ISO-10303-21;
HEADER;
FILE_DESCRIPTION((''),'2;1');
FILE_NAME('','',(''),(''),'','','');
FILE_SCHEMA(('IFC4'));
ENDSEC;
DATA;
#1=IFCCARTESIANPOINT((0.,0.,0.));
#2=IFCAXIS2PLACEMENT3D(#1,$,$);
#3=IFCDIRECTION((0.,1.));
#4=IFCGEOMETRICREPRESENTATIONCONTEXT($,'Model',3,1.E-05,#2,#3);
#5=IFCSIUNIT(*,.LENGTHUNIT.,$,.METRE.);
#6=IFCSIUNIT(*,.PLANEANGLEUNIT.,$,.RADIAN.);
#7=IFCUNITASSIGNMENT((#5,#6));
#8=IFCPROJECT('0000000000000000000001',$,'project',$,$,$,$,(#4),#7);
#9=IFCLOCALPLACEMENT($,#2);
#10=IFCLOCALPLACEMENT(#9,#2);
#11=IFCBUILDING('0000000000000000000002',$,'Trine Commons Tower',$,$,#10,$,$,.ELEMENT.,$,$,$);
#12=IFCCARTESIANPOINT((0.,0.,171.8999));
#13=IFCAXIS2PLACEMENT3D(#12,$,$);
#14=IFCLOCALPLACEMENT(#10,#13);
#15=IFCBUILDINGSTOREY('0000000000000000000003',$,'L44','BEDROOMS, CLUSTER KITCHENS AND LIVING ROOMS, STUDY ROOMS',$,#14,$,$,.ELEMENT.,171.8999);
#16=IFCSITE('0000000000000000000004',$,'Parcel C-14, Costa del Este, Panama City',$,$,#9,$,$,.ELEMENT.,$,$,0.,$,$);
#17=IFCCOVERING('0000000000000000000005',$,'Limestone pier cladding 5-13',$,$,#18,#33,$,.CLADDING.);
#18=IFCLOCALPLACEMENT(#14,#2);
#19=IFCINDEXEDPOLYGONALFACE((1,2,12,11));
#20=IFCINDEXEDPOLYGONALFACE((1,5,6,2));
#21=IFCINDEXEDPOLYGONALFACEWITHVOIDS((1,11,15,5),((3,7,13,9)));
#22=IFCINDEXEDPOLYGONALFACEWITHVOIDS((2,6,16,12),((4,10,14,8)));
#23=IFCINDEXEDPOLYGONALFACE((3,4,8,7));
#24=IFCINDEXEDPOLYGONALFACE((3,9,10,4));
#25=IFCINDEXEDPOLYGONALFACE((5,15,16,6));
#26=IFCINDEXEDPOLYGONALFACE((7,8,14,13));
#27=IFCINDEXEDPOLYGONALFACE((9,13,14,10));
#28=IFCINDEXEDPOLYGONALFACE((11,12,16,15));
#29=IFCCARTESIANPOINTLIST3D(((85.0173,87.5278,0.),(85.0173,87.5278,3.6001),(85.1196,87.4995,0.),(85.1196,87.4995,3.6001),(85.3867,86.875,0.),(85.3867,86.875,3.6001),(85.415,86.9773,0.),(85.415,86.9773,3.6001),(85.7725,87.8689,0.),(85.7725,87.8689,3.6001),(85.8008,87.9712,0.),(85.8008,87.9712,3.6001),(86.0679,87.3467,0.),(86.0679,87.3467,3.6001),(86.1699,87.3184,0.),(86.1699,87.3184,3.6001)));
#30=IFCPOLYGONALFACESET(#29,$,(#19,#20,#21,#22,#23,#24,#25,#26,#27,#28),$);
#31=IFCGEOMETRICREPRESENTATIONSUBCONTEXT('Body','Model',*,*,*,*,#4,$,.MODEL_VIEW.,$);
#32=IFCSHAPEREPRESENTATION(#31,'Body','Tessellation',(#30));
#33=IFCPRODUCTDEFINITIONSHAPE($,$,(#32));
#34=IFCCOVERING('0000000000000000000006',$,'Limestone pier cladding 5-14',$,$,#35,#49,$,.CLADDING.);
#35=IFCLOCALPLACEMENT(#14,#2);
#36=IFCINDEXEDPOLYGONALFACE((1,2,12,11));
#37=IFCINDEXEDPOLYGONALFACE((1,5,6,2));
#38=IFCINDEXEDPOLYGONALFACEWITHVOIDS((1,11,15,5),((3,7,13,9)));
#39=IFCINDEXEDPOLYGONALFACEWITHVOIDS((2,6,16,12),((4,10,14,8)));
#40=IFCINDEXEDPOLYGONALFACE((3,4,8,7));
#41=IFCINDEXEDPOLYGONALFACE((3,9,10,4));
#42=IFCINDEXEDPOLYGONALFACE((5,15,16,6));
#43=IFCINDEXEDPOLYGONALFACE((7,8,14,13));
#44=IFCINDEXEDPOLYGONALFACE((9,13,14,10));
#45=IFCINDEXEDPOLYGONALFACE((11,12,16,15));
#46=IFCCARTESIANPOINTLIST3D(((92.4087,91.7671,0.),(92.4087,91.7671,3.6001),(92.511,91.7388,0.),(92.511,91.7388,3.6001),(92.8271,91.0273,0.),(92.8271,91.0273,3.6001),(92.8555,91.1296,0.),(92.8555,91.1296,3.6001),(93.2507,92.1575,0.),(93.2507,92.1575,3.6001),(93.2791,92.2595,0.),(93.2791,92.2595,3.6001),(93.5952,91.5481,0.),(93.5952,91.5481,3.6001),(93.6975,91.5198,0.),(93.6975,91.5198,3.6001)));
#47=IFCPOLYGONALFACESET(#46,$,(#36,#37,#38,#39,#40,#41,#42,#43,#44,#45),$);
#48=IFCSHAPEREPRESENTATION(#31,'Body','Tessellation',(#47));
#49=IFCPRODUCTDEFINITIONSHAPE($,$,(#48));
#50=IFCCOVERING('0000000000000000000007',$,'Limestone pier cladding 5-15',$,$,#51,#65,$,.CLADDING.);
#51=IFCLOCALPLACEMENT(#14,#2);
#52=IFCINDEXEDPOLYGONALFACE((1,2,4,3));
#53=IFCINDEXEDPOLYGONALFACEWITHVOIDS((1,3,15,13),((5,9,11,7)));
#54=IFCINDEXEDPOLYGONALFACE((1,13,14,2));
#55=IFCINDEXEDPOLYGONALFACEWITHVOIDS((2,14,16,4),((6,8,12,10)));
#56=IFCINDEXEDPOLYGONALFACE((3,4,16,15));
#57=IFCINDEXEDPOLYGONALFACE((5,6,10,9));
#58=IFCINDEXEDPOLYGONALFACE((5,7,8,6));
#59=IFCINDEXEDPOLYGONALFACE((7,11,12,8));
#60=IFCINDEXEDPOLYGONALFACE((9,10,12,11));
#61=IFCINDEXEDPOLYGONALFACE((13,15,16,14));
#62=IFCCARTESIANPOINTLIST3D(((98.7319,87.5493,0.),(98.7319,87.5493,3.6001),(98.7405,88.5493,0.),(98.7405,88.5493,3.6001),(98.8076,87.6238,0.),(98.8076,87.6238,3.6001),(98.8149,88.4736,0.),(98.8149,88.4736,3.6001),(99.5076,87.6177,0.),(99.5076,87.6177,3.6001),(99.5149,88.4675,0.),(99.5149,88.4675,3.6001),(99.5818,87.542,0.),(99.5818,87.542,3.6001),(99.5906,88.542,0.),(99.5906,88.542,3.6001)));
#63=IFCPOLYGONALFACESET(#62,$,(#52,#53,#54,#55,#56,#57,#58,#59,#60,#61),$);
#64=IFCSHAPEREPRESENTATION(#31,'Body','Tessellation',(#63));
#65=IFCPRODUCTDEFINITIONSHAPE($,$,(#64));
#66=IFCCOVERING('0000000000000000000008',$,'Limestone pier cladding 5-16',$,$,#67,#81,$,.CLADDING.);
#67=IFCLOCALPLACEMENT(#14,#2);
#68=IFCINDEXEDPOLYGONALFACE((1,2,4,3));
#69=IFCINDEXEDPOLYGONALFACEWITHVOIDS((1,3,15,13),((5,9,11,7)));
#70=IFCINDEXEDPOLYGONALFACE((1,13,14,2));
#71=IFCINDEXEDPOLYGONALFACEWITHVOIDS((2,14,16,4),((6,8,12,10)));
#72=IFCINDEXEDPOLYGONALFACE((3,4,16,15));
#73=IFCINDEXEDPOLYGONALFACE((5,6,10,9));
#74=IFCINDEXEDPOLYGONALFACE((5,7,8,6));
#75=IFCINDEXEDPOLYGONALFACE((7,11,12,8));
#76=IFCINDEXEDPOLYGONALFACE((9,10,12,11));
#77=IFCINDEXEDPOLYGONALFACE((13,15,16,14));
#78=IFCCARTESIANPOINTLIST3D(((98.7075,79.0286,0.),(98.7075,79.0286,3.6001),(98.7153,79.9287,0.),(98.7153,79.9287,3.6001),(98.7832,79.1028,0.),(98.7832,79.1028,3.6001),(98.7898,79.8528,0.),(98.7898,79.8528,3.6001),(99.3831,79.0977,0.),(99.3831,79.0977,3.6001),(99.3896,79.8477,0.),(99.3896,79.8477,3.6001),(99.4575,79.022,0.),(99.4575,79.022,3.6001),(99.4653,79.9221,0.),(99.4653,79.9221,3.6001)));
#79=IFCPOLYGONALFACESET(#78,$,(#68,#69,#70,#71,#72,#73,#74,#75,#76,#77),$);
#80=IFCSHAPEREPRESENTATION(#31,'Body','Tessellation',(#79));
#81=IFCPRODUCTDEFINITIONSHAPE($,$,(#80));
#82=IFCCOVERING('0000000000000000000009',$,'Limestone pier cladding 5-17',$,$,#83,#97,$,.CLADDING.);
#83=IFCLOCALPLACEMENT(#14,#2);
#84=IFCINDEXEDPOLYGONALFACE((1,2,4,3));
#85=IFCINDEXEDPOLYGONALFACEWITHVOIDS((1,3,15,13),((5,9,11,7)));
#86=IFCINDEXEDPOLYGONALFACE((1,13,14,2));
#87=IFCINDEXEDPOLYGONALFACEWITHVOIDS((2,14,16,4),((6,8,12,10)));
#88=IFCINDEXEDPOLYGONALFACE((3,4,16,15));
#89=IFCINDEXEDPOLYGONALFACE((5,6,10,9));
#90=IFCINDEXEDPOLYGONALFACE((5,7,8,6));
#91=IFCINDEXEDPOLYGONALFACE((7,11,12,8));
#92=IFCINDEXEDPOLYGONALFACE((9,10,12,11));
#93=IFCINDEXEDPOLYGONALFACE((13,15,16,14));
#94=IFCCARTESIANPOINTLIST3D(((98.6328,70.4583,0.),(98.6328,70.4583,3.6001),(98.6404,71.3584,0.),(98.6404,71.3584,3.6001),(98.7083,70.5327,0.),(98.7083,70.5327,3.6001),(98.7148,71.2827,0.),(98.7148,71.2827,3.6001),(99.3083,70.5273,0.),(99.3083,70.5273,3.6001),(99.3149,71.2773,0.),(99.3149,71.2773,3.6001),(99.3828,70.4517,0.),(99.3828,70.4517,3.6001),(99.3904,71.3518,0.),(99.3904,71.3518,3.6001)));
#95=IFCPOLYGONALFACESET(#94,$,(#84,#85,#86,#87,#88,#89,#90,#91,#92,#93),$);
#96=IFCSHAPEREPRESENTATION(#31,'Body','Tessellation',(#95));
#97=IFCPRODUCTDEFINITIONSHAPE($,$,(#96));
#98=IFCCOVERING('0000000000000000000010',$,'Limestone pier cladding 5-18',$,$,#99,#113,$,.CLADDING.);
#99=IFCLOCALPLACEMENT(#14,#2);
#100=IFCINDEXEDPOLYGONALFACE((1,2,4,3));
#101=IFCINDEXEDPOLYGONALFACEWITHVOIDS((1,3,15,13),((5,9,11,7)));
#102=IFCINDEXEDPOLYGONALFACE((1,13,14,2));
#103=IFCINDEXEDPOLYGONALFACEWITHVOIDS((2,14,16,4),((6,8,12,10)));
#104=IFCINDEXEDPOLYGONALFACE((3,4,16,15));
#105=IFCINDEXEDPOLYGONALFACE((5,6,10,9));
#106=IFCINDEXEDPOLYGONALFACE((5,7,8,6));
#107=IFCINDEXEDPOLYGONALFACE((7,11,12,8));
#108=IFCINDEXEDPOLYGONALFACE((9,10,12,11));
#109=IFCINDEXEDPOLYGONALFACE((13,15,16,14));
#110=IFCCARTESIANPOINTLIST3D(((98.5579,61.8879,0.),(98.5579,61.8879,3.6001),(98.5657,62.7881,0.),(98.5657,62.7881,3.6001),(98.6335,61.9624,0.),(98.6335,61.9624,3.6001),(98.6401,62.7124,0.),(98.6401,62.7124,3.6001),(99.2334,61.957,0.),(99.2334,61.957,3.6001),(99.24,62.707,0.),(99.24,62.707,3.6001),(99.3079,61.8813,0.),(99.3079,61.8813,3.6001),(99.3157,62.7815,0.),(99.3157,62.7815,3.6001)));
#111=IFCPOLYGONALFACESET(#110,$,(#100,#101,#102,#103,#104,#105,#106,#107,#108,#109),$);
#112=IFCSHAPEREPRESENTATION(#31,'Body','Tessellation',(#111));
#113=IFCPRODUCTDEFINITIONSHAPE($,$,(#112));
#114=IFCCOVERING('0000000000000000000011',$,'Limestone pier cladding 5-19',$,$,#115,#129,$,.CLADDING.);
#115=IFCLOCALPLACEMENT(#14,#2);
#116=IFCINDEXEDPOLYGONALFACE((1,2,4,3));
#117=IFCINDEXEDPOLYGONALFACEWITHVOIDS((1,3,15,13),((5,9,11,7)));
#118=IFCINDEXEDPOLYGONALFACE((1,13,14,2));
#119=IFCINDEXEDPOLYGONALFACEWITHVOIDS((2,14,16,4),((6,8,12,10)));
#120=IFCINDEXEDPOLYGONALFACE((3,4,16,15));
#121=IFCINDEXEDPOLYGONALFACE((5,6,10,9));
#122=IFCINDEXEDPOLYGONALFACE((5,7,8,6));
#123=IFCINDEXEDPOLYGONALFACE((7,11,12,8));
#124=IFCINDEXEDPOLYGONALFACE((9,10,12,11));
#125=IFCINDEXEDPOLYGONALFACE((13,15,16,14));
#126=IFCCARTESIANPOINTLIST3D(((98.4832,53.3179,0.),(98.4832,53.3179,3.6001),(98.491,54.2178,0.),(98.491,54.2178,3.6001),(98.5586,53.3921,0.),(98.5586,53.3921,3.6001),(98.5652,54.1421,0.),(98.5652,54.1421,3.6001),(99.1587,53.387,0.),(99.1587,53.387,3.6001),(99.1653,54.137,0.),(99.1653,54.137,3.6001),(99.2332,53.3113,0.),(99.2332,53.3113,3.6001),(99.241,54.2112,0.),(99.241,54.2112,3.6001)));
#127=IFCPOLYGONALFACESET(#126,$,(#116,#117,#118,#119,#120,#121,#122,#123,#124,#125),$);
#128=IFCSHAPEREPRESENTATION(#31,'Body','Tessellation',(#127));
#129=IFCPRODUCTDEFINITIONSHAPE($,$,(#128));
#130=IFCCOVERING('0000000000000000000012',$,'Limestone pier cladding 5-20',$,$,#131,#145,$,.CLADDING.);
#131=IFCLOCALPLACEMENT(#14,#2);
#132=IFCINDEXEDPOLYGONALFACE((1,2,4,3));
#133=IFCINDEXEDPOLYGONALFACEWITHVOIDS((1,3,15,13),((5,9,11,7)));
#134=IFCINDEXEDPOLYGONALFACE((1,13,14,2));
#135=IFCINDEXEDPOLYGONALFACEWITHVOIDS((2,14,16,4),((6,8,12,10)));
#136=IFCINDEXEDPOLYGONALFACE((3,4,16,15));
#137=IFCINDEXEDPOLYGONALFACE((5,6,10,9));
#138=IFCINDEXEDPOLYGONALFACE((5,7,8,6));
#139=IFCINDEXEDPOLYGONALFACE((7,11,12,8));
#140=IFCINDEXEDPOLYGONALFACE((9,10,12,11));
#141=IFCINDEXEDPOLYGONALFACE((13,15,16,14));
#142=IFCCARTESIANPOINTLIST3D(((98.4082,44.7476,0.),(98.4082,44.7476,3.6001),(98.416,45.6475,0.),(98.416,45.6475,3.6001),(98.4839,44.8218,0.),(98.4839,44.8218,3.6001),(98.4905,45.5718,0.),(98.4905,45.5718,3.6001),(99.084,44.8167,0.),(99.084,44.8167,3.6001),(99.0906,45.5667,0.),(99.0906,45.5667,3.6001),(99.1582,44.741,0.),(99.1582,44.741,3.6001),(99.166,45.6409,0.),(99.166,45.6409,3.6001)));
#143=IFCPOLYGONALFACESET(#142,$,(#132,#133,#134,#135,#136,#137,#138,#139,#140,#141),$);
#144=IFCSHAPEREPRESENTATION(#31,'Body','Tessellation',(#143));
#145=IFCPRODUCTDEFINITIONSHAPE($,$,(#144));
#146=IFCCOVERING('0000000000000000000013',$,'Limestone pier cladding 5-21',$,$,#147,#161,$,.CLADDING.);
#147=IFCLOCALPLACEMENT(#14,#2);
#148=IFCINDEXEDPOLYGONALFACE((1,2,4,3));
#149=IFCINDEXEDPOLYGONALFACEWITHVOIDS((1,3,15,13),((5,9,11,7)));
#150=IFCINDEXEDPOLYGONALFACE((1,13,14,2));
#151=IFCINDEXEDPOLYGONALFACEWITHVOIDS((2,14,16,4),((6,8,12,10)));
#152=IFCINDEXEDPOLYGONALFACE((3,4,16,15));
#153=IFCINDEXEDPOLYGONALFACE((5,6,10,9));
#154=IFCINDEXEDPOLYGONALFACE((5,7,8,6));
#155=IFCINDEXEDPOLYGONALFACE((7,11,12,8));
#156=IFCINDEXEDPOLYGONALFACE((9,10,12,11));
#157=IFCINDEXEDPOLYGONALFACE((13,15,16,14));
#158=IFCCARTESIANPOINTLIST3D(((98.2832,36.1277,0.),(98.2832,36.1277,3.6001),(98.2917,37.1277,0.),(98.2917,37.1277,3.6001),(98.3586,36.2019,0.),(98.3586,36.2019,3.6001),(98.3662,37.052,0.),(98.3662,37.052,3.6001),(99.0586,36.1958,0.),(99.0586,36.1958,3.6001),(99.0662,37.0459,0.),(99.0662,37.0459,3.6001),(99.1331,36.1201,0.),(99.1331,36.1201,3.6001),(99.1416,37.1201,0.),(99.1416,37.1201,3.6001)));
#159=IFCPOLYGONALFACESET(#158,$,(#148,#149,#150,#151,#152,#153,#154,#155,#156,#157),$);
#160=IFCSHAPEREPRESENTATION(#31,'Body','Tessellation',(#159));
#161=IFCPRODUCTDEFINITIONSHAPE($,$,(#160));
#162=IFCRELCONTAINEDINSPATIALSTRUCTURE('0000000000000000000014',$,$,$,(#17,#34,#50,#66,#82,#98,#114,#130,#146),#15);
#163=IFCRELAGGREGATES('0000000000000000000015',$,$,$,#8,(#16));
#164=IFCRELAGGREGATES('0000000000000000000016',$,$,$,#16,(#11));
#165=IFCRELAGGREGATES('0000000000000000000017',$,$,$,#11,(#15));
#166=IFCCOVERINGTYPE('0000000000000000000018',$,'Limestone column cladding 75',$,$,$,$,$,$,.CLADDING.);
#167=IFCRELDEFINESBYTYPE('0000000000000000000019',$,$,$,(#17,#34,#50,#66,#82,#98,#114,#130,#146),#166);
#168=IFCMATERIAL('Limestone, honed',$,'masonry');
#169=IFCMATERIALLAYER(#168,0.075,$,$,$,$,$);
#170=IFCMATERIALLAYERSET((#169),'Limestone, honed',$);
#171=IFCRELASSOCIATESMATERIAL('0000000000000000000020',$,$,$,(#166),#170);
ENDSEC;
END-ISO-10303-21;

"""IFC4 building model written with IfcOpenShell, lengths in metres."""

from ifc_helpers import new_model, si_unit, direction, frame, origin, place, context, subcontext, project, spatial, polyline, outline, extrude, material, layer, layer_set, type_object, element, save


model = new_model("IFC4")

# Units and contexts
model_context = context("Model", 3, precision=1e-05, world=origin(), true_north=direction((0.0, 1.0)))
body_context = subcontext(model_context, "Body", "Model", "MODEL_VIEW")
ifc_project = project(units=[si_unit("LENGTHUNIT", "METRE"), si_unit("PLANEANGLEUNIT", "RADIAN")], contexts=[model_context])

# Site, building, storey
site_placement = place(None, origin())
site = spatial("IfcSite", under=ifc_project, at=site_placement, Name="Parcel C-14, Costa del Este, Panama City", CompositionType="ELEMENT", RefElevation=0.0)
building_placement = place(site_placement, origin())
building = spatial("IfcBuilding", under=site, at=building_placement, Name="Trine Commons Tower", CompositionType="ELEMENT")
storey_placement = place(building_placement, frame((0.0, 0.0, 171.8999)))
storey = spatial("IfcBuildingStorey", under=building, at=storey_placement, Name="L44", Description="BEDROOMS, CLUSTER KITCHENS AND LIVING ROOMS, STUDY ROOMS", CompositionType="ELEMENT", Elevation=171.8999)

# Coverings
ifc_material_1 = material(Name="Limestone, honed", Category="masonry")
ifc_layer_1 = layer(ifc_material_1, 0.075)
ifc_layer_set_1 = layer_set([ifc_layer_1], Name="Limestone, honed")
covering_type_1 = type_object("IfcCoveringType", Name="Limestone column cladding 75", PredefinedType="CLADDING", material=ifc_layer_set_1)
covering_1_placement = place(storey_placement, origin())
element("IfcCovering", 1, at=covering_1_placement, inside=storey, type_object=covering_type_1, Name="Limestone pier cladding 5-13", PredefinedType="CLADDING", context=body_context, shape_type="SweptSolid", body=[
    extrude(outline(polyline([(86.1699, 87.3184), (85.8008, 87.9712), (85.0173, 87.5278), (85.3867, 86.875), (86.1699, 87.3184)]), holes=[polyline([(86.0679, 87.3467), (85.7725, 87.8689), (85.1196, 87.4995), (85.415, 86.9773), (86.0679, 87.3467)])]), origin(), (0.0, 0.0, 1.0), 3.6001),
])
covering_2_placement = place(storey_placement, origin())
element("IfcCovering", 2, at=covering_2_placement, inside=storey, type_object=covering_type_1, Name="Limestone pier cladding 5-14", PredefinedType="CLADDING", context=body_context, shape_type="SweptSolid", body=[
    extrude(outline(polyline([(93.6975, 91.5198), (93.2791, 92.2595), (92.4087, 91.7671), (92.8271, 91.0273), (93.6975, 91.5198)]), holes=[polyline([(93.5952, 91.5481), (93.2507, 92.1575), (92.511, 91.7388), (92.8555, 91.1296), (93.5952, 91.5481)])]), origin(), (0.0, 0.0, 1.0), 3.6001),
])
covering_3_placement = place(storey_placement, origin())
element("IfcCovering", 3, at=covering_3_placement, inside=storey, type_object=covering_type_1, Name="Limestone pier cladding 5-15", PredefinedType="CLADDING", context=body_context, shape_type="SweptSolid", body=[
    extrude(outline(polyline([(99.5906, 88.542), (98.7405, 88.5493), (98.7319, 87.5493), (99.5818, 87.542), (99.5906, 88.542)]), holes=[polyline([(99.5149, 88.4675), (98.8149, 88.4736), (98.8076, 87.6238), (99.5076, 87.6177), (99.5149, 88.4675)])]), origin(), (0.0, 0.0, 1.0), 3.6001),
])
covering_4_placement = place(storey_placement, origin())
element("IfcCovering", 4, at=covering_4_placement, inside=storey, type_object=covering_type_1, Name="Limestone pier cladding 5-16", PredefinedType="CLADDING", context=body_context, shape_type="SweptSolid", body=[
    extrude(outline(polyline([(99.4653, 79.9221), (98.7153, 79.9287), (98.7075, 79.0286), (99.4575, 79.022), (99.4653, 79.9221)]), holes=[polyline([(99.3896, 79.8477), (98.7898, 79.8528), (98.7832, 79.1028), (99.3831, 79.0977), (99.3896, 79.8477)])]), origin(), (0.0, 0.0, 1.0), 3.6001),
])
covering_5_placement = place(storey_placement, origin())
element("IfcCovering", 5, at=covering_5_placement, inside=storey, type_object=covering_type_1, Name="Limestone pier cladding 5-17", PredefinedType="CLADDING", context=body_context, shape_type="SweptSolid", body=[
    extrude(outline(polyline([(99.3904, 71.3518), (98.6404, 71.3584), (98.6328, 70.4583), (99.3828, 70.4517), (99.3904, 71.3518)]), holes=[polyline([(99.3149, 71.2773), (98.7148, 71.2827), (98.7083, 70.5327), (99.3083, 70.5273), (99.3149, 71.2773)])]), origin(), (0.0, 0.0, 1.0), 3.6001),
])
covering_6_placement = place(storey_placement, origin())
element("IfcCovering", 6, at=covering_6_placement, inside=storey, type_object=covering_type_1, Name="Limestone pier cladding 5-18", PredefinedType="CLADDING", context=body_context, shape_type="SweptSolid", body=[
    extrude(outline(polyline([(99.3157, 62.7815), (98.5657, 62.7881), (98.5579, 61.8879), (99.3079, 61.8813), (99.3157, 62.7815)]), holes=[polyline([(99.24, 62.707), (98.6401, 62.7124), (98.6335, 61.9624), (99.2334, 61.957), (99.24, 62.707)])]), origin(), (0.0, 0.0, 1.0), 3.6001),
])
covering_7_placement = place(storey_placement, origin())
element("IfcCovering", 7, at=covering_7_placement, inside=storey, type_object=covering_type_1, Name="Limestone pier cladding 5-19", PredefinedType="CLADDING", context=body_context, shape_type="SweptSolid", body=[
    extrude(outline(polyline([(99.241, 54.2112), (98.491, 54.2178), (98.4832, 53.3179), (99.2332, 53.3113), (99.241, 54.2112)]), holes=[polyline([(99.1653, 54.137), (98.5652, 54.1421), (98.5586, 53.3921), (99.1587, 53.387), (99.1653, 54.137)])]), origin(), (0.0, 0.0, 1.0), 3.6001),
])
covering_8_placement = place(storey_placement, origin())
element("IfcCovering", 8, at=covering_8_placement, inside=storey, type_object=covering_type_1, Name="Limestone pier cladding 5-20", PredefinedType="CLADDING", context=body_context, shape_type="SweptSolid", body=[
    extrude(outline(polyline([(99.166, 45.6409), (98.416, 45.6475), (98.4082, 44.7476), (99.1582, 44.741), (99.166, 45.6409)]), holes=[polyline([(99.0906, 45.5667), (98.4905, 45.5718), (98.4839, 44.8218), (99.084, 44.8167), (99.0906, 45.5667)])]), origin(), (0.0, 0.0, 1.0), 3.6001),
])
covering_9_placement = place(storey_placement, origin())
element("IfcCovering", 9, at=covering_9_placement, inside=storey, type_object=covering_type_1, Name="Limestone pier cladding 5-21", PredefinedType="CLADDING", context=body_context, shape_type="SweptSolid", body=[
    extrude(outline(polyline([(99.1416, 37.1201), (98.2917, 37.1277), (98.2832, 36.1277), (99.1331, 36.1201), (99.1416, 37.1201)]), holes=[polyline([(99.0662, 37.0459), (98.3662, 37.052), (98.3586, 36.2019), (99.0586, 36.1958), (99.0662, 37.0459)])]), origin(), (0.0, 0.0, 1.0), 3.6001),
])

save(model, "model.ifc")
